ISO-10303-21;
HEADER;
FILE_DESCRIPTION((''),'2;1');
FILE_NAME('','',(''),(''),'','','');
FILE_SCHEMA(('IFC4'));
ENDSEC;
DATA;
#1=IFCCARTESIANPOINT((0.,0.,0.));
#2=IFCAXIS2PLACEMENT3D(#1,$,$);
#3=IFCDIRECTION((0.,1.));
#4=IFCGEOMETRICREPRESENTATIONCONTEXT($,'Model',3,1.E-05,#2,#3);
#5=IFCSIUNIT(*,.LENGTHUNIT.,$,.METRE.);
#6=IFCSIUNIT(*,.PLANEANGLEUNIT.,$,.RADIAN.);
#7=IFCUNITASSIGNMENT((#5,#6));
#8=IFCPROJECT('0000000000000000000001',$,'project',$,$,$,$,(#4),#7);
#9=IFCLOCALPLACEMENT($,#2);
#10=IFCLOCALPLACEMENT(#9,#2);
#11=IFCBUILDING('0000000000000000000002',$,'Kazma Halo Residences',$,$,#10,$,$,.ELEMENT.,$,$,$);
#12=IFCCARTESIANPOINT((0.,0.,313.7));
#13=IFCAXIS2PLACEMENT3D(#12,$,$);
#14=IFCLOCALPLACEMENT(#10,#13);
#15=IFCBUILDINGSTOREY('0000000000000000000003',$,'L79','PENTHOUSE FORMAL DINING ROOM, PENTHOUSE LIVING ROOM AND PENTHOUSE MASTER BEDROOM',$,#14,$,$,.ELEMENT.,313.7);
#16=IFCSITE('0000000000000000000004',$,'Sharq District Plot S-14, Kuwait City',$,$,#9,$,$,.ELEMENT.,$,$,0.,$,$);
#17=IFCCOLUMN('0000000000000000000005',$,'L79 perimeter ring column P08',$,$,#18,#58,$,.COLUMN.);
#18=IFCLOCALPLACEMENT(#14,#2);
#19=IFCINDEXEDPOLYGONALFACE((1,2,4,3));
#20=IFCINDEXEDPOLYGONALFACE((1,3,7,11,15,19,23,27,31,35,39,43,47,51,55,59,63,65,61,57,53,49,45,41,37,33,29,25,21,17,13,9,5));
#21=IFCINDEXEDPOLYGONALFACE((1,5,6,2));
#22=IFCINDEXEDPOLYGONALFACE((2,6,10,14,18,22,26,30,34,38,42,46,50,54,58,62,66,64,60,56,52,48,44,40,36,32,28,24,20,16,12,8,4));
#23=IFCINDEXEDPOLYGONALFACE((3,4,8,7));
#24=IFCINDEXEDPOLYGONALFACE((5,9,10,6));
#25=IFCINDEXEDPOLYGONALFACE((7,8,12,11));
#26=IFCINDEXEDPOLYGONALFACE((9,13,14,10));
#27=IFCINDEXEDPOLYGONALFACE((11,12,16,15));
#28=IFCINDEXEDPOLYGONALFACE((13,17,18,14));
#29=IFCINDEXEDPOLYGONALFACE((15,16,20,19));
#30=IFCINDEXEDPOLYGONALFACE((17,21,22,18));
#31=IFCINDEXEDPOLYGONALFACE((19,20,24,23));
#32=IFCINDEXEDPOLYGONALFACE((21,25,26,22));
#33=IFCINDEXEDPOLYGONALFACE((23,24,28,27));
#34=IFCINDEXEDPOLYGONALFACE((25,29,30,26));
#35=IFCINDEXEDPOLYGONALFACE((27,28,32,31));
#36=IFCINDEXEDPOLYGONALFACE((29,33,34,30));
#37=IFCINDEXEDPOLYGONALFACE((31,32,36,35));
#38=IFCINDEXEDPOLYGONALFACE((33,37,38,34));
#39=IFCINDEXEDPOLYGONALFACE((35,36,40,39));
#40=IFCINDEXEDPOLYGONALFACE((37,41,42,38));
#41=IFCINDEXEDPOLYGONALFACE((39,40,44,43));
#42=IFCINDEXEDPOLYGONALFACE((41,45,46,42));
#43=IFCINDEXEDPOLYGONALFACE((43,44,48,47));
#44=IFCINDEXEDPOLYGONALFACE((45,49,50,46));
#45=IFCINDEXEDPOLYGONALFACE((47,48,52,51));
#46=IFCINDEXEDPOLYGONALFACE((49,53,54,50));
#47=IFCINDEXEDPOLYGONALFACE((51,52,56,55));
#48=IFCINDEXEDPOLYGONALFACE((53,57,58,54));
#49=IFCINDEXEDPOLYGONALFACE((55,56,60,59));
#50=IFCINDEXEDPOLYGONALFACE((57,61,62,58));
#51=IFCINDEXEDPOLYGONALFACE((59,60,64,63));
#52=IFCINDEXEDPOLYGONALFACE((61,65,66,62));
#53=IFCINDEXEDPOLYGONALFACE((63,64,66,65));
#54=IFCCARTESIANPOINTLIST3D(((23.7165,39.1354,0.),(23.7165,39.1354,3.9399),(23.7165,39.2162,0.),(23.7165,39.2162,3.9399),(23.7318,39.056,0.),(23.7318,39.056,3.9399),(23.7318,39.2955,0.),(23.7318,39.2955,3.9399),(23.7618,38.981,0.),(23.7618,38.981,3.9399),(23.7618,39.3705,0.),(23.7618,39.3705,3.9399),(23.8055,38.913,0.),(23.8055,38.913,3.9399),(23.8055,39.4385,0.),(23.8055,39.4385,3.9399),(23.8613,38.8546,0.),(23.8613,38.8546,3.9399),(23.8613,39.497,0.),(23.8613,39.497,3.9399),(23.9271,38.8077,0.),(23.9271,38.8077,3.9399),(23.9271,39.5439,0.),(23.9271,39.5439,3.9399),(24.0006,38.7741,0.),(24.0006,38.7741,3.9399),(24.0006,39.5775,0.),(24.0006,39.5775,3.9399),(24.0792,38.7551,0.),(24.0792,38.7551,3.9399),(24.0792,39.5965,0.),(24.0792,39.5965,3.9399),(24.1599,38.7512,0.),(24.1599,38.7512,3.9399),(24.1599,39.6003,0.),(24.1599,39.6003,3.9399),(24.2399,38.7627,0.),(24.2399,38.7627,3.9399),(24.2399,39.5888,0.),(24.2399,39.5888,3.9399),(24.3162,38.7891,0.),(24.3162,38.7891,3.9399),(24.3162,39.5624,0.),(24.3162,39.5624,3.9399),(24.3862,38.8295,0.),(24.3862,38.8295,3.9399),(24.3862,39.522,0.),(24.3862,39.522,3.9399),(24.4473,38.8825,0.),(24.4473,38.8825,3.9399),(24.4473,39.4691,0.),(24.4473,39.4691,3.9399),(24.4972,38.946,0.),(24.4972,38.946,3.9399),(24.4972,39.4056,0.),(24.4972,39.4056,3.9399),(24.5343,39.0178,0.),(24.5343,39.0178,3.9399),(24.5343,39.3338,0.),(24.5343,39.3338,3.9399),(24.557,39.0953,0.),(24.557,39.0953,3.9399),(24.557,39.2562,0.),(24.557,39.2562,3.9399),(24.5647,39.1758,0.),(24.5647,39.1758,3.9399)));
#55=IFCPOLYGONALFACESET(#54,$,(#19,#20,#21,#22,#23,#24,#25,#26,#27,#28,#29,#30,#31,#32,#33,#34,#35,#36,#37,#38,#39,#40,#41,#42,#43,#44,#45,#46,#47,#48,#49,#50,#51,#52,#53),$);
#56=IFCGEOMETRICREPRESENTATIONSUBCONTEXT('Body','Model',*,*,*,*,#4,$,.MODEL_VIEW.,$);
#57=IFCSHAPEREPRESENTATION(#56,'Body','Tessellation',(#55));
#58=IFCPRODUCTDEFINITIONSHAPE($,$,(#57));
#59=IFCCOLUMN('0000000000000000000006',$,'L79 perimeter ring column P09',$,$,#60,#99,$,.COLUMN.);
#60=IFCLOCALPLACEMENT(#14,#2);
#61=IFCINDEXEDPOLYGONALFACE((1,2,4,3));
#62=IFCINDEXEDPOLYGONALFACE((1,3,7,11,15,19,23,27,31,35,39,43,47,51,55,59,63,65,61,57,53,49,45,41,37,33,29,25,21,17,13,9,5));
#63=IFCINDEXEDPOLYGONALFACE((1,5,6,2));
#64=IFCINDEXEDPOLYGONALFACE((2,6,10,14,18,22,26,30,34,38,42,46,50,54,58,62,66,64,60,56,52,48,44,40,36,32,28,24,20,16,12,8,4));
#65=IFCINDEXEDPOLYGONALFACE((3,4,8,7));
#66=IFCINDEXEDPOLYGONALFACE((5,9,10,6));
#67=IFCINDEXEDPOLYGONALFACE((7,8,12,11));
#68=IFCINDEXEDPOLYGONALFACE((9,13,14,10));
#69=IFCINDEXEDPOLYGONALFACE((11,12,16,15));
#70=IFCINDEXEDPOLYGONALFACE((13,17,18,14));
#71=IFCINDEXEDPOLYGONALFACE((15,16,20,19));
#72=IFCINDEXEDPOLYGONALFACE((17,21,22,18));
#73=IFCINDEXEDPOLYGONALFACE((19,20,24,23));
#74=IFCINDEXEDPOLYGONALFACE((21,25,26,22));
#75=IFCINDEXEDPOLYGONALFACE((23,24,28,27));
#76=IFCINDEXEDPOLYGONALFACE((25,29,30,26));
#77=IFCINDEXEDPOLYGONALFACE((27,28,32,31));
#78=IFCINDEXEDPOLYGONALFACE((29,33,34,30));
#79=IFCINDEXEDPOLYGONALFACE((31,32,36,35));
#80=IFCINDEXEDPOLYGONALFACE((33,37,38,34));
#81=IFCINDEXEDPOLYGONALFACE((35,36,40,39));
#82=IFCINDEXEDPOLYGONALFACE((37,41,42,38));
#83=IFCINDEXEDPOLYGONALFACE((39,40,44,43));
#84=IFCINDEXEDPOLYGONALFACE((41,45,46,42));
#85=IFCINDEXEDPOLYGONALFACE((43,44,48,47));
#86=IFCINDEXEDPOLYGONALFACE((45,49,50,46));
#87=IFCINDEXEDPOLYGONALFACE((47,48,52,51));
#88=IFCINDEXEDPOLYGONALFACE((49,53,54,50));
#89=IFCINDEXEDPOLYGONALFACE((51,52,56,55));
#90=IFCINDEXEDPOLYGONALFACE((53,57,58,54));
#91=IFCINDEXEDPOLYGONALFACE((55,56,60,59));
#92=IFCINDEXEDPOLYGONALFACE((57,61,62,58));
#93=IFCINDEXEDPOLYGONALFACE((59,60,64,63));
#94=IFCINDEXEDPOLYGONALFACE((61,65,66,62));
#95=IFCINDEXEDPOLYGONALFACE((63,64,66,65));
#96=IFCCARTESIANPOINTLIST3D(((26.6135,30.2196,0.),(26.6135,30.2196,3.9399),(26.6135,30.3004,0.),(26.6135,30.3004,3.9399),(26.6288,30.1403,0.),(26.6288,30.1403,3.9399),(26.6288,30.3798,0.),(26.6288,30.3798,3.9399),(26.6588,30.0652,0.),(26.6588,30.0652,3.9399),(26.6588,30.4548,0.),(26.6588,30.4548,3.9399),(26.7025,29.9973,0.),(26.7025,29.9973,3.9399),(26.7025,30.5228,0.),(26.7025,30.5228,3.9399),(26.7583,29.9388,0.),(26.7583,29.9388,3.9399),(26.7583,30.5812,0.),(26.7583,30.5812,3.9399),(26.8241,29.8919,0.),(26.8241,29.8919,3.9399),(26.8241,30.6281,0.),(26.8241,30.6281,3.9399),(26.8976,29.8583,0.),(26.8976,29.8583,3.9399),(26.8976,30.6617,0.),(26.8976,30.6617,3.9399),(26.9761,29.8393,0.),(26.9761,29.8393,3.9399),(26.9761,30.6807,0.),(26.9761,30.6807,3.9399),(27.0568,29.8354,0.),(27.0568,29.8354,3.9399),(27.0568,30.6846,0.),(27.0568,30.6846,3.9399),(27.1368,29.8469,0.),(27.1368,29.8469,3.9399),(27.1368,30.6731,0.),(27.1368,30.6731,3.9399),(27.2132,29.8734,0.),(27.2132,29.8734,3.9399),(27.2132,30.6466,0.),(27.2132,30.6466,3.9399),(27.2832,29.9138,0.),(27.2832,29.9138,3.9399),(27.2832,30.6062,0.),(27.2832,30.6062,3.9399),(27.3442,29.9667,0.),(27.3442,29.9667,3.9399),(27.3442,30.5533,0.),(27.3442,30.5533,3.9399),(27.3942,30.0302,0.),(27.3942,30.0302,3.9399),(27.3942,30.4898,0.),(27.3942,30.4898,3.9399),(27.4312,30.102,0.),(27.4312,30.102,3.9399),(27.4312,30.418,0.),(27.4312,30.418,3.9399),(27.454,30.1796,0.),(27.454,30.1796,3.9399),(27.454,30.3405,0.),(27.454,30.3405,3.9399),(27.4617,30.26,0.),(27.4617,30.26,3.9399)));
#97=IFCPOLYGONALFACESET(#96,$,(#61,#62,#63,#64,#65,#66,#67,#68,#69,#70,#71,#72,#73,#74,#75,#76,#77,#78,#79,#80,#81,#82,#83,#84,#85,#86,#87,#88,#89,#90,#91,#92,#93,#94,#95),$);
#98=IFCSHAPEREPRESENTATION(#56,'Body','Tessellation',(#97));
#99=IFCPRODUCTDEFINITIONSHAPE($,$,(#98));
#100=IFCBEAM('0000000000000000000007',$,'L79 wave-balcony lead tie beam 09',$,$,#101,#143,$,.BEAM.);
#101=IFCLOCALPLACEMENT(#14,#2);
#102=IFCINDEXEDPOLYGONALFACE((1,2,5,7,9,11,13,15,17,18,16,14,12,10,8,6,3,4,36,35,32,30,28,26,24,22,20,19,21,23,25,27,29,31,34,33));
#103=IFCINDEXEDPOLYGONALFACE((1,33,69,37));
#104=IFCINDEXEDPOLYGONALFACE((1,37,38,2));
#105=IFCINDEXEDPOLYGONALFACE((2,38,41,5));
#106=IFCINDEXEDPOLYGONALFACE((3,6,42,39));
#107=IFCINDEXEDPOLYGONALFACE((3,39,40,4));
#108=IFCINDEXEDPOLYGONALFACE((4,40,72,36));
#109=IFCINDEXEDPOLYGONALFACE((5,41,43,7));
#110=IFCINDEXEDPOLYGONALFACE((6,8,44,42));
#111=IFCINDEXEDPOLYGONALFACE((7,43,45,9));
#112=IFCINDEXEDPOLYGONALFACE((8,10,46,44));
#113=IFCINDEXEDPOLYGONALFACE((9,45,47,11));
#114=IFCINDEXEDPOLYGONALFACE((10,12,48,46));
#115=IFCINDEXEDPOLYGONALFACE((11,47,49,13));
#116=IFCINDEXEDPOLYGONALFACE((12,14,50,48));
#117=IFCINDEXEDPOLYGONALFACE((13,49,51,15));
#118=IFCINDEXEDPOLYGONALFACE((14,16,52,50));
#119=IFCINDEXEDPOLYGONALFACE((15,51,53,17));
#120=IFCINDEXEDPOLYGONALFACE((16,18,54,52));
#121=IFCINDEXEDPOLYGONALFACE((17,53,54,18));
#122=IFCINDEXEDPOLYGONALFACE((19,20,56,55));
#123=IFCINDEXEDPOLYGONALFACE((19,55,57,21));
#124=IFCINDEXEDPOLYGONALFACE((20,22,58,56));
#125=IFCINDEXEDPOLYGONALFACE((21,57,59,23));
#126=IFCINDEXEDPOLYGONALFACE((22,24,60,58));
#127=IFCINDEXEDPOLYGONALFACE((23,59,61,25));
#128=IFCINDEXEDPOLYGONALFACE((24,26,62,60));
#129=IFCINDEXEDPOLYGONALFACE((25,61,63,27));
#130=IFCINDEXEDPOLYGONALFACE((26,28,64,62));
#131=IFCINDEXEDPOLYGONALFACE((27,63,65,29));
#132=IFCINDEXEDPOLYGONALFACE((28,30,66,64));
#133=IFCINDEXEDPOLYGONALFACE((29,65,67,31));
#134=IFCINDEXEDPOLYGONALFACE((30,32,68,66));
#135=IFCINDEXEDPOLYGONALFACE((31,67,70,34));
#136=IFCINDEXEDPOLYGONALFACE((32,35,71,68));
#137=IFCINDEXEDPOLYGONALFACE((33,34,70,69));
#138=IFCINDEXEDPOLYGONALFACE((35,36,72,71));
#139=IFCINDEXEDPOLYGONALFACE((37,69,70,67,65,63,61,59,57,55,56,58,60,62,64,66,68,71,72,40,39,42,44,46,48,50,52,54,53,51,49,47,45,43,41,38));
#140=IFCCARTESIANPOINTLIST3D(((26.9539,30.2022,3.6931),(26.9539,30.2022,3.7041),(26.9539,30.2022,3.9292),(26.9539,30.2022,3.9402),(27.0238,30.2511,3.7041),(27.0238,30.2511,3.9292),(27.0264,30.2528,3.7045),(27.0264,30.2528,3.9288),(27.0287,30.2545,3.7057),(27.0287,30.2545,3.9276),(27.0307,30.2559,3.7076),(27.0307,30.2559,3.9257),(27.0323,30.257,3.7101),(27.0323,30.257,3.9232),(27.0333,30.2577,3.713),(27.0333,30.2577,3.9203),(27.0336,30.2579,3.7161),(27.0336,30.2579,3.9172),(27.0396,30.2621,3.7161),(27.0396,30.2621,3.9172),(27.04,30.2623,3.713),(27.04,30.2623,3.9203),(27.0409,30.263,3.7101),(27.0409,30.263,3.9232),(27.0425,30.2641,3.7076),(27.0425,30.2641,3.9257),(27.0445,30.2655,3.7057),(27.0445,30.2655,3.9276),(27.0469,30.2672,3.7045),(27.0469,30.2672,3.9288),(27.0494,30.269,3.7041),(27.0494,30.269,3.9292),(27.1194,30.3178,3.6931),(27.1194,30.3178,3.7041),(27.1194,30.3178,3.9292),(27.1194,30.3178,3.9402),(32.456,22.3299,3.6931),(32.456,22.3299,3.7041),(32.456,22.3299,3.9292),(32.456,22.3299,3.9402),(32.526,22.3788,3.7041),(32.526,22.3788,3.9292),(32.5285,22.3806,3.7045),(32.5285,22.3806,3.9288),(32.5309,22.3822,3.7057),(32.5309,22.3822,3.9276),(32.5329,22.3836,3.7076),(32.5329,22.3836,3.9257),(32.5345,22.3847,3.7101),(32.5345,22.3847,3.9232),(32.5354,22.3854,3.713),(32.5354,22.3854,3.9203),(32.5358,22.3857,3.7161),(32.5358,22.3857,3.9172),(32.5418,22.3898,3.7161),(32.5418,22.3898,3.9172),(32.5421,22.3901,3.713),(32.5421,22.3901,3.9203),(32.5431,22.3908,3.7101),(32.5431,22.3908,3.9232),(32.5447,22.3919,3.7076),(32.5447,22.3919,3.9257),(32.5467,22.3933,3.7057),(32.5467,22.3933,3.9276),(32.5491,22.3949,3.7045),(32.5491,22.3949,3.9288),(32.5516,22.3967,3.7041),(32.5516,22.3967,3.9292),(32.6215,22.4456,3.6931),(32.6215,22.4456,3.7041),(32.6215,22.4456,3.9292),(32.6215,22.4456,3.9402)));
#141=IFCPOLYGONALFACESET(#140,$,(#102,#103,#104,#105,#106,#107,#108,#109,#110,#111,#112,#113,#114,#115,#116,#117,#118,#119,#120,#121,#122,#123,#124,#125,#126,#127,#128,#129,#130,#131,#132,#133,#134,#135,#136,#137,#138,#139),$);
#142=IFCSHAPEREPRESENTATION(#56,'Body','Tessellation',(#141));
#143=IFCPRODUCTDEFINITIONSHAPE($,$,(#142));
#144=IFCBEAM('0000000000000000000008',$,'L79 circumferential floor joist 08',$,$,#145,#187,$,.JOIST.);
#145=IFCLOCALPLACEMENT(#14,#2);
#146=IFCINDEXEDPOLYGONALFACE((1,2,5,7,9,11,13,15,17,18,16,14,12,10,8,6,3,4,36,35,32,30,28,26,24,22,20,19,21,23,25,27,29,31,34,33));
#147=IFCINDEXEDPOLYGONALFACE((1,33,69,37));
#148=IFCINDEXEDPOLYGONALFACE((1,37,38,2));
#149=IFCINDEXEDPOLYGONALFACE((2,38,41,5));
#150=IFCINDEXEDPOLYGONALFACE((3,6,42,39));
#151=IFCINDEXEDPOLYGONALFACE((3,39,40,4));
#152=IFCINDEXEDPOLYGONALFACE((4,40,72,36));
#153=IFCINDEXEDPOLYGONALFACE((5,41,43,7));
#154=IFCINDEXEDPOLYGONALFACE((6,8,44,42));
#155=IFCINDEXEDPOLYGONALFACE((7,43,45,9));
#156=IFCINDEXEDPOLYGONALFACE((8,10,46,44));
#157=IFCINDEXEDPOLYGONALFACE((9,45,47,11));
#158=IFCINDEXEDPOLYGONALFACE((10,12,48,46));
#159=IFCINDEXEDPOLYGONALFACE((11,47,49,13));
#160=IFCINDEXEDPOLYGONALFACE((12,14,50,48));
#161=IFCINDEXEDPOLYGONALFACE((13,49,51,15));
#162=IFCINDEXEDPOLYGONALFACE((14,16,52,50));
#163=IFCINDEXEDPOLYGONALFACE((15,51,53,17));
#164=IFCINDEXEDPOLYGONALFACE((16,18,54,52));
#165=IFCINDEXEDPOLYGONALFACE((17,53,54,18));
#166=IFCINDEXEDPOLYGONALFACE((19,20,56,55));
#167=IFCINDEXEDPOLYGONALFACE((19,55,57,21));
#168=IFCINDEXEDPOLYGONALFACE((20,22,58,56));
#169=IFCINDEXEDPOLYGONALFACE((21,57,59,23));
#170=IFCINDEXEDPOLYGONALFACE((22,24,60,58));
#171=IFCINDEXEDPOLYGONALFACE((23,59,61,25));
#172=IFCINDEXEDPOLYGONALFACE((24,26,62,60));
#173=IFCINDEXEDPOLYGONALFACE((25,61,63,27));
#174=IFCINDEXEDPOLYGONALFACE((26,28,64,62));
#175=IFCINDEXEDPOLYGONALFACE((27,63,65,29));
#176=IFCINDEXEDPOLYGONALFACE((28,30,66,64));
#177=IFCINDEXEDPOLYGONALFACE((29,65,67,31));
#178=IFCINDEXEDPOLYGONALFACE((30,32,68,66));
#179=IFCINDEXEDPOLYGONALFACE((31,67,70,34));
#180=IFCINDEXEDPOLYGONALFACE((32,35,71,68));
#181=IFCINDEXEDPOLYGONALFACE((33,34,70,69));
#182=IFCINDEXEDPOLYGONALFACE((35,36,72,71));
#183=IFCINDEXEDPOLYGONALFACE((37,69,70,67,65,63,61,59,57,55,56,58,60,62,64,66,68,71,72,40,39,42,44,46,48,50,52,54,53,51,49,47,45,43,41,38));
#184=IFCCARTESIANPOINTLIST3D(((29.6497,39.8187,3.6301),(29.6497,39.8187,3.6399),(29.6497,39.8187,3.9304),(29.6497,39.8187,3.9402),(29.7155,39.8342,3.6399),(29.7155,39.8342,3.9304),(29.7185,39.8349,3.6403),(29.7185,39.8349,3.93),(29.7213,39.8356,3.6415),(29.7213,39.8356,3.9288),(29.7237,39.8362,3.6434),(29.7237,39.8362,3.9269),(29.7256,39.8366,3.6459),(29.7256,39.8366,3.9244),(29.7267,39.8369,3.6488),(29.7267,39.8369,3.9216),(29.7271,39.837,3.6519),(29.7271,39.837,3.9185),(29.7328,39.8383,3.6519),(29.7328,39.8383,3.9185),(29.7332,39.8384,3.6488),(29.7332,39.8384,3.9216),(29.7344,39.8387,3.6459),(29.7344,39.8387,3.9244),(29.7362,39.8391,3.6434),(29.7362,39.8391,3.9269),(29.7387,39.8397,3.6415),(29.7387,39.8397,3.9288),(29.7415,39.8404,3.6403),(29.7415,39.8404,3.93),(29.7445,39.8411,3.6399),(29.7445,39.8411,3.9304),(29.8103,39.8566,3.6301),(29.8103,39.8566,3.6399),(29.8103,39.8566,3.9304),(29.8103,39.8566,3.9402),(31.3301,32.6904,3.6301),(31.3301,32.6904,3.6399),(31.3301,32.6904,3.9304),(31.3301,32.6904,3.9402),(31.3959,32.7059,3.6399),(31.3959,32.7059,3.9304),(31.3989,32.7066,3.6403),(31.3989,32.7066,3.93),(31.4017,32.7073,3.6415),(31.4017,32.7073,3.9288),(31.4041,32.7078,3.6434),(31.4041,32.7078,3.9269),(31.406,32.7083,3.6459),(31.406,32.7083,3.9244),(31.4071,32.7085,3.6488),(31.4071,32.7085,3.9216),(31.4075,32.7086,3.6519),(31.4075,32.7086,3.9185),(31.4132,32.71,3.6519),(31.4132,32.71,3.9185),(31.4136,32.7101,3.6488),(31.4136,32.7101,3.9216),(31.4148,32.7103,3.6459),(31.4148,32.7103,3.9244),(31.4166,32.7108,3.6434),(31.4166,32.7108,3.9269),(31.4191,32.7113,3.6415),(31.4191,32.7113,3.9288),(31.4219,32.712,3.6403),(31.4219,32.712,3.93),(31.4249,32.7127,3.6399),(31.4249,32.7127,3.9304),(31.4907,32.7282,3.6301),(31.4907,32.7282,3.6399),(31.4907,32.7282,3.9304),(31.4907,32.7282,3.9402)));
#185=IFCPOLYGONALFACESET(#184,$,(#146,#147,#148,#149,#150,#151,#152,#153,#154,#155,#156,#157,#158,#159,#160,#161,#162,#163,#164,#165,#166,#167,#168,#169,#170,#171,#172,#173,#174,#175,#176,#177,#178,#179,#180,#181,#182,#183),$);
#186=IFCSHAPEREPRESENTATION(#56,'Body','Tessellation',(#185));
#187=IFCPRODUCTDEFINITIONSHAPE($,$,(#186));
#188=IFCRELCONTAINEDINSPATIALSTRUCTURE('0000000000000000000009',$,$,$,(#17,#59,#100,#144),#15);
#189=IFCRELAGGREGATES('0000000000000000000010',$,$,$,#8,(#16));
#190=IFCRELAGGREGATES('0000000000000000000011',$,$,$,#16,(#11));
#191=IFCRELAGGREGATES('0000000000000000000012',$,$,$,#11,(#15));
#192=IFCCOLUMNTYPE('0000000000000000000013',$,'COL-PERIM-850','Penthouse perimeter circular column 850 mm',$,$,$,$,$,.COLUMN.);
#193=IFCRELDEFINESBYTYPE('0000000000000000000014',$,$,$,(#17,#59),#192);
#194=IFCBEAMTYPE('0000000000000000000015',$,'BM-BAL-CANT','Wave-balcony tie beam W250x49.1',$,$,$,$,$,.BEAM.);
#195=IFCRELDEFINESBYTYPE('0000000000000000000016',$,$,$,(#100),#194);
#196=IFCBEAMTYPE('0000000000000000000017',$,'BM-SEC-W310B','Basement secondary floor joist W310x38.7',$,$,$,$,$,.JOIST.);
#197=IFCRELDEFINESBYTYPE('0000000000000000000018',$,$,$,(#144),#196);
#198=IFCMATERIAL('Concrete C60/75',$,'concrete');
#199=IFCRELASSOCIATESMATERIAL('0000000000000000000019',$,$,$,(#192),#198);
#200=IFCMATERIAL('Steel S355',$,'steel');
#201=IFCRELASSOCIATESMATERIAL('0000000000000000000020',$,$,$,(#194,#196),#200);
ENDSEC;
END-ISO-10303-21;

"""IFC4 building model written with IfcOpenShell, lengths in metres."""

from ifc_helpers import new_model, si_unit, direction, frame, origin, origin_2d, place, context, subcontext, project, spatial, circle, i_section, extrude, material, material_profile, profile_set, type_object, element, save


model = new_model("IFC4")

# Units and contexts
model_context = context("Model", 3, precision=1e-05, world=origin(), true_north=direction((0.0, 1.0)))
body_context = subcontext(model_context, "Body", "Model", "MODEL_VIEW")
ifc_project = project(units=[si_unit("LENGTHUNIT", "METRE"), si_unit("PLANEANGLEUNIT", "RADIAN")], contexts=[model_context])

# Site, building, storey
site_placement = place(None, origin())
site = spatial("IfcSite", under=ifc_project, at=site_placement, Name="Sharq District Plot S-14, Kuwait City", CompositionType="ELEMENT", RefElevation=0.0)
building_placement = place(site_placement, origin())
building = spatial("IfcBuilding", under=site, at=building_placement, Name="Kazma Halo Residences", CompositionType="ELEMENT")
storey_placement = place(building_placement, frame((0.0, 0.0, 313.7)))
storey = spatial("IfcBuildingStorey", under=building, at=storey_placement, Name="L79", Description="PENTHOUSE FORMAL DINING ROOM, PENTHOUSE LIVING ROOM AND PENTHOUSE MASTER BEDROOM", CompositionType="ELEMENT", Elevation=313.7)

# Columns
ifc_material_1 = material(Name="Concrete C60/75", Category="concrete")
ifc_material_profile_1 = material_profile(ifc_material_1, circle(Radius=0.425, at=origin_2d()), Name="CIRC850")
ifc_profile_set_1 = profile_set([ifc_material_profile_1], Name="Concrete C60/75")
column_type = type_object("IfcColumnType", Name="COL-PERIM-850", Description="Penthouse perimeter circular column 850 mm", PredefinedType="COLUMN", material=ifc_profile_set_1)
for number, where, z_axis, x_axis, name in (
    (1, (24.1396, 39.1758, 0.0), (0.0, 0.0, 1.0), (1.0, 0.0, 0.0), "L79 perimeter ring column P08"),
    (2, (27.0366, 30.26, 0.0), (0.0, 0.0, 1.0), (1.0, 0.0, 0.0), "L79 perimeter ring column P09"),
):
    element("IfcColumn", number, at=place(storey_placement, frame(where, z_axis=z_axis, x_axis=x_axis)), inside=storey, type_object=column_type, Name=name, PredefinedType="COLUMN", context=body_context, shape_type="SweptSolid", body=[
        extrude(circle(Radius=0.425, at=origin_2d()), origin(), (0.0, 0.0, 1.0), 3.9399),
    ])

# Beams
ifc_material_2 = material(Name="Steel S355", Category="steel")
ifc_material_profile_2 = material_profile(ifc_material_2, i_section(OverallWidth=0.2019, OverallDepth=0.2471, WebThickness=0.0073, FlangeThickness=0.011, FilletRadius=0.012, at=origin_2d()), Name="W250x49.1")
ifc_profile_set_2 = profile_set([ifc_material_profile_2], Name="Steel S355")
beam_type_1 = type_object("IfcBeamType", Name="BM-BAL-CANT", Description="Wave-balcony tie beam W250x49.1", PredefinedType="BEAM", material=ifc_profile_set_2)
beam_1_placement = place(storey_placement, frame((27.0366, 30.26, 3.8167), z_axis=(0.572874, -0.819644, 0.0), x_axis=(0.819644, 0.572874, 0.0)))
element("IfcBeam", 3, at=beam_1_placement, inside=storey, type_object=beam_type_1, Name="L79 wave-balcony lead tie beam 09", PredefinedType="BEAM", context=body_context, shape_type="SweptSolid", body=[
    extrude(i_section(OverallWidth=0.2019, OverallDepth=0.2471, WebThickness=0.0073, FlangeThickness=0.011, FilletRadius=0.012, at=origin_2d()), origin(), (0.0, 0.0, 1.0), 9.6045),
])
ifc_material_profile_3 = material_profile(ifc_material_2, i_section(OverallWidth=0.165, OverallDepth=0.3101, WebThickness=0.0059, FlangeThickness=0.0098, FilletRadius=0.012, at=origin_2d()), Name="W310x38.7")
ifc_profile_set_3 = profile_set([ifc_material_profile_3], Name="Steel S355")
beam_type_2 = type_object("IfcBeamType", Name="BM-SEC-W310B", Description="Basement secondary floor joist W310x38.7", PredefinedType="JOIST", material=ifc_profile_set_3)
beam_2_placement = place(storey_placement, frame((29.73, 39.8376, 3.7852), z_axis=(0.229446, -0.973321, 0.0), x_axis=(0.973321, 0.229446, 0.0)))
element("IfcBeam", 4, at=beam_2_placement, inside=storey, type_object=beam_type_2, Name="L79 circumferential floor joist 08", PredefinedType="JOIST", context=body_context, shape_type="SweptSolid", body=[
    extrude(i_section(OverallWidth=0.165, OverallDepth=0.3101, WebThickness=0.0059, FlangeThickness=0.0098, FilletRadius=0.012, at=origin_2d()), origin(), (0.0, 0.0, 1.0), 7.3237),
])

save(model, "model.ifc")
